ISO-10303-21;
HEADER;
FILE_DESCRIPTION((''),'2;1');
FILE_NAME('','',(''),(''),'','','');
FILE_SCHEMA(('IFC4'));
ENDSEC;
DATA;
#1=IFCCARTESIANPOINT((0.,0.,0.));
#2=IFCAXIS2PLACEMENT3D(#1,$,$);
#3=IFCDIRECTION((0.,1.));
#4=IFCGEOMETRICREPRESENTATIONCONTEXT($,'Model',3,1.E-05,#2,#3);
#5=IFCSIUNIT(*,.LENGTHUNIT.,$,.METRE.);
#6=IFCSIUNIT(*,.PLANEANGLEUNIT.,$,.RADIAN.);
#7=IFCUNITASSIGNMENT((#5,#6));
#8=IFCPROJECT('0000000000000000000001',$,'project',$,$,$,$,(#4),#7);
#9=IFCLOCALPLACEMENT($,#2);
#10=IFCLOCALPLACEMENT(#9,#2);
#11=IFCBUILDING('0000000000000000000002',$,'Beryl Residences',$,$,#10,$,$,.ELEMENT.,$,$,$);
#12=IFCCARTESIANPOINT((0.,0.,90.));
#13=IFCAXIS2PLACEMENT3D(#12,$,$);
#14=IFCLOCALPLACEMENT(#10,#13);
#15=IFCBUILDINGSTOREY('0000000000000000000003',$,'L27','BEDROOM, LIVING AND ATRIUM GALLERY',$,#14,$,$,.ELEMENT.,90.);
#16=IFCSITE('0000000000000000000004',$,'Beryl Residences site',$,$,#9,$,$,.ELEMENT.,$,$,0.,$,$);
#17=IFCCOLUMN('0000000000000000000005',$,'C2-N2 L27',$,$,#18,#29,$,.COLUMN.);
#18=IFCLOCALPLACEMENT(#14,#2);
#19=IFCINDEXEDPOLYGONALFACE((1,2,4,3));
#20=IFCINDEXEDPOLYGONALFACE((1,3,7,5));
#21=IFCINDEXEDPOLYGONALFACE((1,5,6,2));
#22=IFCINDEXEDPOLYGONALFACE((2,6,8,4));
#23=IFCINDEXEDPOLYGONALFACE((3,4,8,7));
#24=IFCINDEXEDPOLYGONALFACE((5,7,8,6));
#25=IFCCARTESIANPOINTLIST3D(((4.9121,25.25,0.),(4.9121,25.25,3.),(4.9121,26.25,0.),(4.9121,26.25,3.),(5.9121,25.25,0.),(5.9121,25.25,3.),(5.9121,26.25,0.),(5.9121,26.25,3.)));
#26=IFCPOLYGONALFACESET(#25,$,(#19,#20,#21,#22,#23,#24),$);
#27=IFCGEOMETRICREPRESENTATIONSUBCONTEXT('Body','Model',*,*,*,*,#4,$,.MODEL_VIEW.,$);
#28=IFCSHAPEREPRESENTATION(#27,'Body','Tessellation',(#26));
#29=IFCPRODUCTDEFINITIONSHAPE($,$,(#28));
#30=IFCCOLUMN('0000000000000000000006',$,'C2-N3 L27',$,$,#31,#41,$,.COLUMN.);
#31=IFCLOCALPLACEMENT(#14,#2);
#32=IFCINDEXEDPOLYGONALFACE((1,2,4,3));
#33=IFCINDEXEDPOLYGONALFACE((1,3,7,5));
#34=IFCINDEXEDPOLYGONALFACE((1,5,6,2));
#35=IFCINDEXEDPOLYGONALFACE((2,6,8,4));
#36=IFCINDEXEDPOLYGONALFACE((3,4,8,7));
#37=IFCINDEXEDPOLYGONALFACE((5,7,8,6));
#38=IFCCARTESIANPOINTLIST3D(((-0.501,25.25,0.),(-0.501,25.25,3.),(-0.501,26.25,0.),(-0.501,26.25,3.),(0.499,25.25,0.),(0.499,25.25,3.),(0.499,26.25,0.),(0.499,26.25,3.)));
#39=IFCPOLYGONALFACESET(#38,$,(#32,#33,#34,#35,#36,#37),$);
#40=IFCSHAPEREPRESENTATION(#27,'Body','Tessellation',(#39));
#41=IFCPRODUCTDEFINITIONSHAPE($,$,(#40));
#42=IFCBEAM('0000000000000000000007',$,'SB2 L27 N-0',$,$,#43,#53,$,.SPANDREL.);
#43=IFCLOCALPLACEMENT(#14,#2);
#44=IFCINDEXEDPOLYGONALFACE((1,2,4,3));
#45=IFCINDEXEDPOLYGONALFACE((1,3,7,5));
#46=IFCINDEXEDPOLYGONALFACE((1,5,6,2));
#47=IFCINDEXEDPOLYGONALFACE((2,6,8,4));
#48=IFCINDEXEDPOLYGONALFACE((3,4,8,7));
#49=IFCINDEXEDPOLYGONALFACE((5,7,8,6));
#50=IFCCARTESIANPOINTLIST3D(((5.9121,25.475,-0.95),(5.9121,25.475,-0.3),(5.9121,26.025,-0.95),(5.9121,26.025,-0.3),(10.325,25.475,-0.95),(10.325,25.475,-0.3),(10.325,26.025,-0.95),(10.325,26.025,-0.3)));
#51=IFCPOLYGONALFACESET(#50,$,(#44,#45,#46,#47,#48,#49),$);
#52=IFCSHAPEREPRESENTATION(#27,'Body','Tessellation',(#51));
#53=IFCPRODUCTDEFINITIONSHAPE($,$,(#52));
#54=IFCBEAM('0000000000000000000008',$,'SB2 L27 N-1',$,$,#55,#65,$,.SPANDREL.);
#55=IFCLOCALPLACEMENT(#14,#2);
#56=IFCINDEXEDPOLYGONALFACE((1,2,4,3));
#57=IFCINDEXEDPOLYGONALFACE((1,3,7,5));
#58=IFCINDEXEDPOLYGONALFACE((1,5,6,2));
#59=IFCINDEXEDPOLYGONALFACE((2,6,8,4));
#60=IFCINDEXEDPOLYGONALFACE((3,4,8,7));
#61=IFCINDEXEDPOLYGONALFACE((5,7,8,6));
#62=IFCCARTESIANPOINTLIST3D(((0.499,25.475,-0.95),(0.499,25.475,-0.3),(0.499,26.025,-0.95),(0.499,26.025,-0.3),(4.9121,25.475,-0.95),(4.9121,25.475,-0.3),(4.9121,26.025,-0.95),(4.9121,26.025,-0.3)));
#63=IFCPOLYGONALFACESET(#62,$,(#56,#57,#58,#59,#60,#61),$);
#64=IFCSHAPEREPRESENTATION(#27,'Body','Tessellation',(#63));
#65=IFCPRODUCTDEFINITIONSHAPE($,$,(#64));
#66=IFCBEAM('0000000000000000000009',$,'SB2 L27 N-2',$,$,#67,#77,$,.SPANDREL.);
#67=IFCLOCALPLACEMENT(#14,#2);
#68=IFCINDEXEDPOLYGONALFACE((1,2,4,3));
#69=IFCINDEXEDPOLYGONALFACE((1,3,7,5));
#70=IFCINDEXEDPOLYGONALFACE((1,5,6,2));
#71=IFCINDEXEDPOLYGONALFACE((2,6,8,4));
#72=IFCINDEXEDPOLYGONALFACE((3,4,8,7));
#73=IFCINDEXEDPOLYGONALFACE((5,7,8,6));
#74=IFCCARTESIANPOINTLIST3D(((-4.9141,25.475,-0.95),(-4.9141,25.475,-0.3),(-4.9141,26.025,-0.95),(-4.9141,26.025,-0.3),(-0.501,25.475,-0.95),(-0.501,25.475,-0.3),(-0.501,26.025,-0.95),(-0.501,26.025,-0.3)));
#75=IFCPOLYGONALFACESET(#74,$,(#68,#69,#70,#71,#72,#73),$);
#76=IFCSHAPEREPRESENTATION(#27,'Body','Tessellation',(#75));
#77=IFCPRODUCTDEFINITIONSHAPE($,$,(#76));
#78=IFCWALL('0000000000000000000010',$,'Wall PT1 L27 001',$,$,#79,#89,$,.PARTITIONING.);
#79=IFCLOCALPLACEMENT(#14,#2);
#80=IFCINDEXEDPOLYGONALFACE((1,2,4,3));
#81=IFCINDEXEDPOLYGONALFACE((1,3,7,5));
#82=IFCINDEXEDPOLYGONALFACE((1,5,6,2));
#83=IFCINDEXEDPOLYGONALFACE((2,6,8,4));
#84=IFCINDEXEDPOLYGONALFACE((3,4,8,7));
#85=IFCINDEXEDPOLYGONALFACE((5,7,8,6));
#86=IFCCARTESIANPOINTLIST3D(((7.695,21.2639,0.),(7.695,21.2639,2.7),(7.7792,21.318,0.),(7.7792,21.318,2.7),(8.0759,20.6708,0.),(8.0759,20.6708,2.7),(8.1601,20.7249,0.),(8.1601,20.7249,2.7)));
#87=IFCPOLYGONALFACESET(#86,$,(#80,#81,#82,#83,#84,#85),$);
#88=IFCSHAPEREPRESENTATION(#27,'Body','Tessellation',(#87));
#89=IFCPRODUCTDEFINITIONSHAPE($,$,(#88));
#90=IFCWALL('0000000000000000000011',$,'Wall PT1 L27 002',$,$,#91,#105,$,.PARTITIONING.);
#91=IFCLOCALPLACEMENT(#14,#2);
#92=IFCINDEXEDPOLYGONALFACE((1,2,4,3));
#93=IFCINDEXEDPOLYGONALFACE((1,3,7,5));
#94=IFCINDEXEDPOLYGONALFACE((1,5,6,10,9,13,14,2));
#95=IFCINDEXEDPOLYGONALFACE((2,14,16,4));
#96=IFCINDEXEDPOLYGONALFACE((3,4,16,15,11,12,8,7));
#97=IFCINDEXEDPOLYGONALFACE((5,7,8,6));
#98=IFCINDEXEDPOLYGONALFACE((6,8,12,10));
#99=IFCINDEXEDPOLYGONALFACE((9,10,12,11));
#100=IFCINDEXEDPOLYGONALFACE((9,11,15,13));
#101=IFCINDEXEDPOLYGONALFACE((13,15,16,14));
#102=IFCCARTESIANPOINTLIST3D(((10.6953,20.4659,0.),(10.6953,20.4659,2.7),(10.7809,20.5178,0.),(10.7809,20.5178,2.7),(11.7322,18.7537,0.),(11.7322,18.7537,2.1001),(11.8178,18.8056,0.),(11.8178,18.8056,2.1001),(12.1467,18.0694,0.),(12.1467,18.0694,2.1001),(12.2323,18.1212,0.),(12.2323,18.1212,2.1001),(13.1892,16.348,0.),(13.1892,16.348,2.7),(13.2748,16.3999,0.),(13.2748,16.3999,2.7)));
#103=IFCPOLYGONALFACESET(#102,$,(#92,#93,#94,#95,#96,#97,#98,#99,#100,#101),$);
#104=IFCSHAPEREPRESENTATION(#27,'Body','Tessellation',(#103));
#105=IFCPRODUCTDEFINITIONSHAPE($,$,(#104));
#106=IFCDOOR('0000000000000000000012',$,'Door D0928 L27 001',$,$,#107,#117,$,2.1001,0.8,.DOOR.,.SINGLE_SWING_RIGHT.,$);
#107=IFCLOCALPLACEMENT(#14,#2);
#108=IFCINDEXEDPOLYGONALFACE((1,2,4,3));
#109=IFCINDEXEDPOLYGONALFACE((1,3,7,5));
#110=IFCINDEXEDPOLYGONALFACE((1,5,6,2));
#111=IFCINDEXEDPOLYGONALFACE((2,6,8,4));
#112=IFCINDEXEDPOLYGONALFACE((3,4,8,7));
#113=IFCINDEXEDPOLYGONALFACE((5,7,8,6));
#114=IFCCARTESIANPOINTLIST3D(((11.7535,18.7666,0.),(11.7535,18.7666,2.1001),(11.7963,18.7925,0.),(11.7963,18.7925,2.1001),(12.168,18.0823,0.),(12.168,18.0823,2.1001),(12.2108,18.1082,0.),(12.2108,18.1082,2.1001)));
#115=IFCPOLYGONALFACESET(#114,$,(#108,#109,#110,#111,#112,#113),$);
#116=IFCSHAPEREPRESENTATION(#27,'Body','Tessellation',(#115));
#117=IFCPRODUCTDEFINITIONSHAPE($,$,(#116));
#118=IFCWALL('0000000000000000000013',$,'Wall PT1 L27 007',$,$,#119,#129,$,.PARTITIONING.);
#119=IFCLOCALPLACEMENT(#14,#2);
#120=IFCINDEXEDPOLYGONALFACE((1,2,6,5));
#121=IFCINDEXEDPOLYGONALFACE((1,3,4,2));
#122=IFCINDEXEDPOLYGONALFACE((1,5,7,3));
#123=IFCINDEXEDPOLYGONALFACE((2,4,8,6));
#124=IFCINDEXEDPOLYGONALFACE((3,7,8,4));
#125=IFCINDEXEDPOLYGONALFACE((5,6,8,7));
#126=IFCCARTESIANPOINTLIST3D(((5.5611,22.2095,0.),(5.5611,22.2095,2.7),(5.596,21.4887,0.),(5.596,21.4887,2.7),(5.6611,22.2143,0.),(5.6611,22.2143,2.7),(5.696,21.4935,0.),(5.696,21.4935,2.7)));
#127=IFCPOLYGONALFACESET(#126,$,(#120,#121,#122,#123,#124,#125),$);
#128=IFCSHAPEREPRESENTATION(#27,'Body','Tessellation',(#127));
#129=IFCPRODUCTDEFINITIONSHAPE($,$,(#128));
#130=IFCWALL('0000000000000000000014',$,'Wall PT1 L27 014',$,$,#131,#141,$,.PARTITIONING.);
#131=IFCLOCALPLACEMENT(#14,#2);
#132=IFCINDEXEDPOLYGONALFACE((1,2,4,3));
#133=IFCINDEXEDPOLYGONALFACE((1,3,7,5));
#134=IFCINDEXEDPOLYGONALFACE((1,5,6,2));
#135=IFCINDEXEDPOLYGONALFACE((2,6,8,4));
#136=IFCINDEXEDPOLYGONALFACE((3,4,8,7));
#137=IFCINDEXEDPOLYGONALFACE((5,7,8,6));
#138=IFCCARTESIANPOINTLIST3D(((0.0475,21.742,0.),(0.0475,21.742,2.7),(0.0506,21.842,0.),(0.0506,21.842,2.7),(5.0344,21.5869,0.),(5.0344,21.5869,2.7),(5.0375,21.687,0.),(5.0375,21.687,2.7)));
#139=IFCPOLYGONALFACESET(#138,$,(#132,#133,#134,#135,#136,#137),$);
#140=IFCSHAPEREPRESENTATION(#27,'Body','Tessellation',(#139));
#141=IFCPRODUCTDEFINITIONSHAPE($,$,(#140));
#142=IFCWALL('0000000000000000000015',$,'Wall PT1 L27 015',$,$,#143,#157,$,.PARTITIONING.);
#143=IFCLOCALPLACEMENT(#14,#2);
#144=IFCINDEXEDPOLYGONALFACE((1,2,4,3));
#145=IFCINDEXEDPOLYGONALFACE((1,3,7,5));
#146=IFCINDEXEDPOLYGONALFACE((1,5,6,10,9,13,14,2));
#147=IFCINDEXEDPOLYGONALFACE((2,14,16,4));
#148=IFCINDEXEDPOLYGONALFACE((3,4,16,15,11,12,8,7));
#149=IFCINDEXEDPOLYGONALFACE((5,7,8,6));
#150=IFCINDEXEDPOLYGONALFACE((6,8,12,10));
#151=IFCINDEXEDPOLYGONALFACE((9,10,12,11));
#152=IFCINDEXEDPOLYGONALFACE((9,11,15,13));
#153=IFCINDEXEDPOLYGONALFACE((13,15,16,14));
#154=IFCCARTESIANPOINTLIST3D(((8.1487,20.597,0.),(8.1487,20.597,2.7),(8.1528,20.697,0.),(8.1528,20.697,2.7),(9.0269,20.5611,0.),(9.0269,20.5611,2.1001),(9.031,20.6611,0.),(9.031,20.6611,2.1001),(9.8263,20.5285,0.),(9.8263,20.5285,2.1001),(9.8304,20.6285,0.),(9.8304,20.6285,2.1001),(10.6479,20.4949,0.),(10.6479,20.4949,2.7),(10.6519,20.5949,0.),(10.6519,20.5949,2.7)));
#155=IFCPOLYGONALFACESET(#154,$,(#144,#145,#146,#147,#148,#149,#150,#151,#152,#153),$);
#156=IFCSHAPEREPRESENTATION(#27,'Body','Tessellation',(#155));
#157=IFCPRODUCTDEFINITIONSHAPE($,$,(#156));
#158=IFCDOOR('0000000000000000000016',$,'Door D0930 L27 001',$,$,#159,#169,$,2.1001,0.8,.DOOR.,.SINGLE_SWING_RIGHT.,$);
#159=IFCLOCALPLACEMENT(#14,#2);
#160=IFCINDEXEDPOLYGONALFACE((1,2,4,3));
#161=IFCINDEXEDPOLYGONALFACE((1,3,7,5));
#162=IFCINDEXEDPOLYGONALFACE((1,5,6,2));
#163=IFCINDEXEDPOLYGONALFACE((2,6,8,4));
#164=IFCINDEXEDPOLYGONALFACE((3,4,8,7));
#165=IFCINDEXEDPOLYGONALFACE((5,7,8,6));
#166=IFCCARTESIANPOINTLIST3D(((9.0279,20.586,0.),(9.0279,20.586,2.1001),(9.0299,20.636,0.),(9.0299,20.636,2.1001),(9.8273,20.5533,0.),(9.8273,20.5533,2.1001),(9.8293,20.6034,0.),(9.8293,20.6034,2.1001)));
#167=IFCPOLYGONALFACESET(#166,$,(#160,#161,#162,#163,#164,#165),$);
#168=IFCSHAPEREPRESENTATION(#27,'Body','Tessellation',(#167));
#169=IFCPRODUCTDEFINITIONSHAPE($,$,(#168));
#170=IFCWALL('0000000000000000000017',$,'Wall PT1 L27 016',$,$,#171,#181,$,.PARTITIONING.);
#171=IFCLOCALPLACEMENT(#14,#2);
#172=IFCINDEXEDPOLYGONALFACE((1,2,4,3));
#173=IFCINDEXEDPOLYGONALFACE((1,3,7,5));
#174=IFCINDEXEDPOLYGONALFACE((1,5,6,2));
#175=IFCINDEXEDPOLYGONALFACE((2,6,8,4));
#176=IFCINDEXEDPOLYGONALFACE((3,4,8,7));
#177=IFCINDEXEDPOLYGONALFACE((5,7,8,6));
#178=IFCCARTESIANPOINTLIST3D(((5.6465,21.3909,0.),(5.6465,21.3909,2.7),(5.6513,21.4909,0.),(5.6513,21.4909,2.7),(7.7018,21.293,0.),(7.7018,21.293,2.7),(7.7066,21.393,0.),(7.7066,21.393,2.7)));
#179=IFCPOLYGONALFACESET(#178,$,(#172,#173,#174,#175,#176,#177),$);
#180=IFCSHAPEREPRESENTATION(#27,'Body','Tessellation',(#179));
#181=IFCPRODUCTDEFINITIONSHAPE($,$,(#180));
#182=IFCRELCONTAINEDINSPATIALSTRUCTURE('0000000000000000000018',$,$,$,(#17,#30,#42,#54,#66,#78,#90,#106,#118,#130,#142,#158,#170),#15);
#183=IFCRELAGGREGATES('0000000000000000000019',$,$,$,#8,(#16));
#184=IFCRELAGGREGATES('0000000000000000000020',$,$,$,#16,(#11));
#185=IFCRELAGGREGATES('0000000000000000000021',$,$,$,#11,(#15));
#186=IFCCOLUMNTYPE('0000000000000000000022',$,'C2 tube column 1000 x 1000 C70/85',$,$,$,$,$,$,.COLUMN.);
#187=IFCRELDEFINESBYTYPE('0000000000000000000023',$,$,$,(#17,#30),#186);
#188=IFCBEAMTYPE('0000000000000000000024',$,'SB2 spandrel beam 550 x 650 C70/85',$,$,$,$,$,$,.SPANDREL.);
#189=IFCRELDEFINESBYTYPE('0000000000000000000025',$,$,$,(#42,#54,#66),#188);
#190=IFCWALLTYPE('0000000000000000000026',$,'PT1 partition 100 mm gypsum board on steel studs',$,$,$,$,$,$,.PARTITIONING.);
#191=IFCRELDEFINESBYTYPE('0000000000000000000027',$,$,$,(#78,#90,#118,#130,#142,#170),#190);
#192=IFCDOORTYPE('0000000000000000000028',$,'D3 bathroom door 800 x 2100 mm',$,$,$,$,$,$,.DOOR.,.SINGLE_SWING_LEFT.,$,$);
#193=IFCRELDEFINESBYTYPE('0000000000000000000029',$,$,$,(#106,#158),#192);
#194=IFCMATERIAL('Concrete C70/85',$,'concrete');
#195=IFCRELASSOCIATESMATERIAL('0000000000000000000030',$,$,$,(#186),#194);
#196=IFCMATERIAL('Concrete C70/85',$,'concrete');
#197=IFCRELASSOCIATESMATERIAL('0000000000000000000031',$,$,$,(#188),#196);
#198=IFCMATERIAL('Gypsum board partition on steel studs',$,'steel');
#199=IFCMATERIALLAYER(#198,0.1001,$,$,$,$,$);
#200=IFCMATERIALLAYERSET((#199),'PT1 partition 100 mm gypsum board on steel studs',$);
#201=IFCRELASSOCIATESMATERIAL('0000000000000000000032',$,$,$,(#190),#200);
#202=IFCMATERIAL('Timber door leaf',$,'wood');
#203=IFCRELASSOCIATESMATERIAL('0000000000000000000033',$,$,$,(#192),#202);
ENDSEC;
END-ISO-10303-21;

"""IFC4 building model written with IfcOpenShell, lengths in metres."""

from ifc_helpers import new_model, si_unit, direction, frame, frame_2d, origin, origin_2d, place, context, subcontext, project, spatial, rectangle, extrude, material, layer, layer_set, material_profile, profile_set, type_object, element, fill, save


model = new_model("IFC4")

# Units and contexts
model_context = context("Model", 3, precision=1e-05, world=origin(), true_north=direction((0.0, 1.0)))
body_context = subcontext(model_context, "Body", "Model", "MODEL_VIEW")
ifc_project = project(units=[si_unit("LENGTHUNIT", "METRE"), si_unit("PLANEANGLEUNIT", "RADIAN")], contexts=[model_context])

# Site, building, storey
site_placement = place(None, origin())
site = spatial("IfcSite", under=ifc_project, at=site_placement, Name="Beryl Residences site", CompositionType="ELEMENT", RefElevation=0.0)
building_placement = place(site_placement, origin())
building = spatial("IfcBuilding", under=site, at=building_placement, Name="Beryl Residences", CompositionType="ELEMENT")
storey_placement = place(building_placement, frame((0.0, 0.0, 90.0)))
storey = spatial("IfcBuildingStorey", under=building, at=storey_placement, Name="L27", Description="BEDROOM, LIVING AND ATRIUM GALLERY", CompositionType="ELEMENT", Elevation=90.0)

# Columns
ifc_material_1 = material(Name="Concrete C70/85", Category="concrete")
ifc_material_profile_1 = material_profile(ifc_material_1, rectangle(XDim=1.0, YDim=1.0, at=origin_2d()))
ifc_profile_set_1 = profile_set([ifc_material_profile_1], Name="Concrete C70/85")
column_type = type_object("IfcColumnType", Name="C2 tube column 1000 x 1000 C70/85", PredefinedType="COLUMN", material=ifc_profile_set_1)
for number, where, z_axis, x_axis, name in (
    (1, (5.4121, 25.75, 0.0), (0.0, 0.0, 1.0), (-1.0, 0.0, 0.0), "C2-N2 L27"),
    (2, (-0.001, 25.75, 0.0), (0.0, 0.0, 1.0), (-1.0, 0.0, 0.0), "C2-N3 L27"),
):
    element("IfcColumn", number, at=place(storey_placement, frame(where, z_axis=z_axis, x_axis=x_axis)), inside=storey, type_object=column_type, Name=name, PredefinedType="COLUMN", context=body_context, shape_type="SweptSolid", body=[
        extrude(rectangle(XDim=1.0, YDim=1.0, at=origin_2d()), origin(), (0.0, 0.0, 1.0), 3.0),
    ])

# Beams
ifc_material_2 = material(Name="Concrete C70/85", Category="concrete")
ifc_material_profile_2 = material_profile(ifc_material_2, rectangle(XDim=0.55, YDim=0.6499, at=origin_2d()))
ifc_profile_set_2 = profile_set([ifc_material_profile_2], Name="Concrete C70/85")
beam_type = type_object("IfcBeamType", Name="SB2 spandrel beam 550 x 650 C70/85", PredefinedType="SPANDREL", material=ifc_profile_set_2)
beam_placement = place(storey_placement, frame((10.325, 25.75, -0.625), z_axis=(-1.0, 0.0, 0.0), x_axis=(0.0, -1.0, 0.0)))
element("IfcBeam", 3, at=beam_placement, inside=storey, type_object=beam_type, Name="SB2 L27 N-0", PredefinedType="SPANDREL", context=body_context, shape_type="SweptSolid", body=[
    extrude(rectangle(XDim=0.55, YDim=0.6499, at=origin_2d()), origin(), (0.0, 0.0, 1.0), 4.4128),
])
for number, where, z_axis, x_axis, name in (
    (4, (4.9121, 25.75, -0.625), (-1.0, 0.0, 0.0), (0.0, -1.0, 0.0), "SB2 L27 N-1"),
    (5, (-0.501, 25.75, -0.625), (-1.0, 0.0, 0.0), (0.0, -1.0, 0.0), "SB2 L27 N-2"),
):
    element("IfcBeam", number, at=place(storey_placement, frame(where, z_axis=z_axis, x_axis=x_axis)), inside=storey, type_object=beam_type, Name=name, PredefinedType="SPANDREL", context=body_context, shape_type="SweptSolid", body=[
        extrude(rectangle(XDim=0.55, YDim=0.6499, at=origin_2d()), origin(), (0.0, 0.0, 1.0), 4.4131),
    ])

# Wall
ifc_material_3 = material(Name="Gypsum board partition on steel studs", Category="steel")
ifc_layer_1 = layer(ifc_material_3, 0.1001)
ifc_layer_set_1 = layer_set([ifc_layer_1], Name="PT1 partition 100 mm gypsum board on steel studs")
wall_type_1 = type_object("IfcWallType", Name="PT1 partition 100 mm gypsum board on steel studs", PredefinedType="PARTITIONING", material=ifc_layer_set_1)
wall_1_placement = place(storey_placement, frame((7.7371, 21.291, 0.0), z_axis=(0.0, 0.0, 1.0), x_axis=(0.54039, -0.841415, 0.0)))
element("IfcWall", 6, at=wall_1_placement, inside=storey, type_object=wall_type_1, Name="Wall PT1 L27 001", PredefinedType="PARTITIONING", context=body_context, shape_type="SweptSolid", body=[
    extrude(rectangle(XDim=0.7048, YDim=0.1001, at=frame_2d((0.3525, 0.0))), origin(), (0.0, 0.0, 1.0), 2.7),
])

# Wall, opening, door
wall_2_placement = place(storey_placement, frame((10.738, 20.4919, 0.0), z_axis=(0.0, 0.0, 1.0), x_axis=(0.518026, -0.855365, 0.0)))
wall_2 = element("IfcWall", 7, at=wall_2_placement, inside=storey, type_object=wall_type_1, Name="Wall PT1 L27 002", PredefinedType="PARTITIONING", context=body_context, shape_type="SweptSolid", body=[
    extrude(rectangle(XDim=4.8142, YDim=0.1001, at=frame_2d((2.4072, 0.0))), origin(), (0.0, 0.0, 1.0), 2.7),
])
opening_1_placement = place(wall_2_placement, frame((2.002, 0.0, 0.0)))
opening_1 = element("IfcOpeningElement", 8, at=opening_1_placement, cuts=wall_2, PredefinedType="OPENING", context=body_context, shape_type="SweptSolid", body=[
    extrude(rectangle(XDim=0.8, YDim=2.1001, at=frame_2d((0.3999, 1.05))), frame((0.0, 0.0601, 0.0), z_axis=(0.0, -1.0, 0.0), x_axis=(1.0, 0.0, 0.0)), (0.0, 0.0, 1.0), 0.1201),
])
ifc_material_4 = material(Name="Timber door leaf", Category="wood")
door_type_1 = type_object("IfcDoorType", Name="D3 bathroom door 800 x 2100 mm", OperationType="SINGLE_SWING_LEFT", PredefinedType="DOOR", material=ifc_material_4)
door_1_placement = place(opening_1_placement, origin())
door_1 = element("IfcDoor", 9, at=door_1_placement, inside=storey, type_object=door_type_1, Name="Door D0928 L27 001", OperationType="SINGLE_SWING_RIGHT", OverallHeight=2.1001, OverallWidth=0.8, PredefinedType="DOOR", context=body_context, shape_type="SweptSolid", body=[
    extrude(rectangle(XDim=0.8, YDim=2.1001, at=frame_2d((0.3999, 1.05))), frame((0.0, 0.0249, 0.0), z_axis=(0.0, -1.0, 0.0), x_axis=(1.0, 0.0, 0.0)), (0.0, 0.0, 1.0), 0.05),
])
fill(opening_1, door_1)

# Walls
wall_3_placement = place(storey_placement, frame((5.6111, 22.2119, 0.0), z_axis=(0.0, 0.0, 1.0), x_axis=(0.048369, -0.99883, 0.0)))
element("IfcWall", 10, at=wall_3_placement, inside=storey, type_object=wall_type_1, Name="Wall PT1 L27 007", PredefinedType="PARTITIONING", context=body_context, shape_type="SweptSolid", body=[
    extrude(rectangle(XDim=0.7217, YDim=0.1001, at=frame_2d((0.3608, 0.0))), origin(), (0.0, 0.0, 1.0), 2.7),
])
wall_4_placement = place(storey_placement, frame((0.0491, 21.792, 0.0), z_axis=(0.0, 0.0, 1.0), x_axis=(0.999517, -0.031073, 0.0)))
element("IfcWall", 11, at=wall_4_placement, inside=storey, type_object=wall_type_1, Name="Wall PT1 L27 014", PredefinedType="PARTITIONING", context=body_context, shape_type="SweptSolid", body=[
    extrude(rectangle(XDim=4.9893, YDim=0.1001, at=frame_2d((2.4946, 0.0))), origin(), (0.0, 0.0, 1.0), 2.7),
])

# Wall, opening, door
wall_5_placement = place(storey_placement, frame((8.1509, 20.647, 0.0), z_axis=(0.0, 0.0, 1.0), x_axis=(0.999167, -0.040802, 0.0)))
wall_5 = element("IfcWall", 12, at=wall_5_placement, inside=storey, type_object=wall_type_1, Name="Wall PT1 L27 015", PredefinedType="PARTITIONING", context=body_context, shape_type="SweptSolid", body=[
    extrude(rectangle(XDim=2.5012, YDim=0.1001, at=frame_2d((1.2505, 0.0))), origin(), (0.0, 0.0, 1.0), 2.7),
])
opening_2_placement = place(wall_5_placement, frame((0.8789, 0.0, 0.0)))
opening_2 = element("IfcOpeningElement", 13, at=opening_2_placement, cuts=wall_5, PredefinedType="OPENING", context=body_context, shape_type="SweptSolid", body=[
    extrude(rectangle(XDim=0.8, YDim=2.1001, at=frame_2d((0.3999, 1.05))), frame((0.0, 0.0601, 0.0), z_axis=(0.0, -1.0, 0.0), x_axis=(1.0, 0.0, 0.0)), (0.0, 0.0, 1.0), 0.1201),
])
door_2_placement = place(opening_2_placement, origin())
door_2 = element("IfcDoor", 14, at=door_2_placement, inside=storey, type_object=door_type_1, Name="Door D0930 L27 001", OperationType="SINGLE_SWING_RIGHT", OverallHeight=2.1001, OverallWidth=0.8, PredefinedType="DOOR", context=body_context, shape_type="SweptSolid", body=[
    extrude(rectangle(XDim=0.8, YDim=2.1001, at=frame_2d((0.3999, 1.05))), frame((0.0, 0.0249, 0.0), z_axis=(0.0, -1.0, 0.0), x_axis=(1.0, 0.0, 0.0)), (0.0, 0.0, 1.0), 0.05),
])
fill(opening_2, door_2)

# Wall
wall_6_placement = place(storey_placement, frame((5.6489, 21.4409, 0.0), z_axis=(0.0, 0.0, 1.0), x_axis=(0.998867, -0.047582, 0.0)))
element("IfcWall", 15, at=wall_6_placement, inside=storey, type_object=wall_type_1, Name="Wall PT1 L27 016", PredefinedType="PARTITIONING", context=body_context, shape_type="SweptSolid", body=[
    extrude(rectangle(XDim=2.0576, YDim=0.1001, at=frame_2d((1.0288, 0.0))), origin(), (0.0, 0.0, 1.0), 2.7),
])

save(model, "model.ifc")
